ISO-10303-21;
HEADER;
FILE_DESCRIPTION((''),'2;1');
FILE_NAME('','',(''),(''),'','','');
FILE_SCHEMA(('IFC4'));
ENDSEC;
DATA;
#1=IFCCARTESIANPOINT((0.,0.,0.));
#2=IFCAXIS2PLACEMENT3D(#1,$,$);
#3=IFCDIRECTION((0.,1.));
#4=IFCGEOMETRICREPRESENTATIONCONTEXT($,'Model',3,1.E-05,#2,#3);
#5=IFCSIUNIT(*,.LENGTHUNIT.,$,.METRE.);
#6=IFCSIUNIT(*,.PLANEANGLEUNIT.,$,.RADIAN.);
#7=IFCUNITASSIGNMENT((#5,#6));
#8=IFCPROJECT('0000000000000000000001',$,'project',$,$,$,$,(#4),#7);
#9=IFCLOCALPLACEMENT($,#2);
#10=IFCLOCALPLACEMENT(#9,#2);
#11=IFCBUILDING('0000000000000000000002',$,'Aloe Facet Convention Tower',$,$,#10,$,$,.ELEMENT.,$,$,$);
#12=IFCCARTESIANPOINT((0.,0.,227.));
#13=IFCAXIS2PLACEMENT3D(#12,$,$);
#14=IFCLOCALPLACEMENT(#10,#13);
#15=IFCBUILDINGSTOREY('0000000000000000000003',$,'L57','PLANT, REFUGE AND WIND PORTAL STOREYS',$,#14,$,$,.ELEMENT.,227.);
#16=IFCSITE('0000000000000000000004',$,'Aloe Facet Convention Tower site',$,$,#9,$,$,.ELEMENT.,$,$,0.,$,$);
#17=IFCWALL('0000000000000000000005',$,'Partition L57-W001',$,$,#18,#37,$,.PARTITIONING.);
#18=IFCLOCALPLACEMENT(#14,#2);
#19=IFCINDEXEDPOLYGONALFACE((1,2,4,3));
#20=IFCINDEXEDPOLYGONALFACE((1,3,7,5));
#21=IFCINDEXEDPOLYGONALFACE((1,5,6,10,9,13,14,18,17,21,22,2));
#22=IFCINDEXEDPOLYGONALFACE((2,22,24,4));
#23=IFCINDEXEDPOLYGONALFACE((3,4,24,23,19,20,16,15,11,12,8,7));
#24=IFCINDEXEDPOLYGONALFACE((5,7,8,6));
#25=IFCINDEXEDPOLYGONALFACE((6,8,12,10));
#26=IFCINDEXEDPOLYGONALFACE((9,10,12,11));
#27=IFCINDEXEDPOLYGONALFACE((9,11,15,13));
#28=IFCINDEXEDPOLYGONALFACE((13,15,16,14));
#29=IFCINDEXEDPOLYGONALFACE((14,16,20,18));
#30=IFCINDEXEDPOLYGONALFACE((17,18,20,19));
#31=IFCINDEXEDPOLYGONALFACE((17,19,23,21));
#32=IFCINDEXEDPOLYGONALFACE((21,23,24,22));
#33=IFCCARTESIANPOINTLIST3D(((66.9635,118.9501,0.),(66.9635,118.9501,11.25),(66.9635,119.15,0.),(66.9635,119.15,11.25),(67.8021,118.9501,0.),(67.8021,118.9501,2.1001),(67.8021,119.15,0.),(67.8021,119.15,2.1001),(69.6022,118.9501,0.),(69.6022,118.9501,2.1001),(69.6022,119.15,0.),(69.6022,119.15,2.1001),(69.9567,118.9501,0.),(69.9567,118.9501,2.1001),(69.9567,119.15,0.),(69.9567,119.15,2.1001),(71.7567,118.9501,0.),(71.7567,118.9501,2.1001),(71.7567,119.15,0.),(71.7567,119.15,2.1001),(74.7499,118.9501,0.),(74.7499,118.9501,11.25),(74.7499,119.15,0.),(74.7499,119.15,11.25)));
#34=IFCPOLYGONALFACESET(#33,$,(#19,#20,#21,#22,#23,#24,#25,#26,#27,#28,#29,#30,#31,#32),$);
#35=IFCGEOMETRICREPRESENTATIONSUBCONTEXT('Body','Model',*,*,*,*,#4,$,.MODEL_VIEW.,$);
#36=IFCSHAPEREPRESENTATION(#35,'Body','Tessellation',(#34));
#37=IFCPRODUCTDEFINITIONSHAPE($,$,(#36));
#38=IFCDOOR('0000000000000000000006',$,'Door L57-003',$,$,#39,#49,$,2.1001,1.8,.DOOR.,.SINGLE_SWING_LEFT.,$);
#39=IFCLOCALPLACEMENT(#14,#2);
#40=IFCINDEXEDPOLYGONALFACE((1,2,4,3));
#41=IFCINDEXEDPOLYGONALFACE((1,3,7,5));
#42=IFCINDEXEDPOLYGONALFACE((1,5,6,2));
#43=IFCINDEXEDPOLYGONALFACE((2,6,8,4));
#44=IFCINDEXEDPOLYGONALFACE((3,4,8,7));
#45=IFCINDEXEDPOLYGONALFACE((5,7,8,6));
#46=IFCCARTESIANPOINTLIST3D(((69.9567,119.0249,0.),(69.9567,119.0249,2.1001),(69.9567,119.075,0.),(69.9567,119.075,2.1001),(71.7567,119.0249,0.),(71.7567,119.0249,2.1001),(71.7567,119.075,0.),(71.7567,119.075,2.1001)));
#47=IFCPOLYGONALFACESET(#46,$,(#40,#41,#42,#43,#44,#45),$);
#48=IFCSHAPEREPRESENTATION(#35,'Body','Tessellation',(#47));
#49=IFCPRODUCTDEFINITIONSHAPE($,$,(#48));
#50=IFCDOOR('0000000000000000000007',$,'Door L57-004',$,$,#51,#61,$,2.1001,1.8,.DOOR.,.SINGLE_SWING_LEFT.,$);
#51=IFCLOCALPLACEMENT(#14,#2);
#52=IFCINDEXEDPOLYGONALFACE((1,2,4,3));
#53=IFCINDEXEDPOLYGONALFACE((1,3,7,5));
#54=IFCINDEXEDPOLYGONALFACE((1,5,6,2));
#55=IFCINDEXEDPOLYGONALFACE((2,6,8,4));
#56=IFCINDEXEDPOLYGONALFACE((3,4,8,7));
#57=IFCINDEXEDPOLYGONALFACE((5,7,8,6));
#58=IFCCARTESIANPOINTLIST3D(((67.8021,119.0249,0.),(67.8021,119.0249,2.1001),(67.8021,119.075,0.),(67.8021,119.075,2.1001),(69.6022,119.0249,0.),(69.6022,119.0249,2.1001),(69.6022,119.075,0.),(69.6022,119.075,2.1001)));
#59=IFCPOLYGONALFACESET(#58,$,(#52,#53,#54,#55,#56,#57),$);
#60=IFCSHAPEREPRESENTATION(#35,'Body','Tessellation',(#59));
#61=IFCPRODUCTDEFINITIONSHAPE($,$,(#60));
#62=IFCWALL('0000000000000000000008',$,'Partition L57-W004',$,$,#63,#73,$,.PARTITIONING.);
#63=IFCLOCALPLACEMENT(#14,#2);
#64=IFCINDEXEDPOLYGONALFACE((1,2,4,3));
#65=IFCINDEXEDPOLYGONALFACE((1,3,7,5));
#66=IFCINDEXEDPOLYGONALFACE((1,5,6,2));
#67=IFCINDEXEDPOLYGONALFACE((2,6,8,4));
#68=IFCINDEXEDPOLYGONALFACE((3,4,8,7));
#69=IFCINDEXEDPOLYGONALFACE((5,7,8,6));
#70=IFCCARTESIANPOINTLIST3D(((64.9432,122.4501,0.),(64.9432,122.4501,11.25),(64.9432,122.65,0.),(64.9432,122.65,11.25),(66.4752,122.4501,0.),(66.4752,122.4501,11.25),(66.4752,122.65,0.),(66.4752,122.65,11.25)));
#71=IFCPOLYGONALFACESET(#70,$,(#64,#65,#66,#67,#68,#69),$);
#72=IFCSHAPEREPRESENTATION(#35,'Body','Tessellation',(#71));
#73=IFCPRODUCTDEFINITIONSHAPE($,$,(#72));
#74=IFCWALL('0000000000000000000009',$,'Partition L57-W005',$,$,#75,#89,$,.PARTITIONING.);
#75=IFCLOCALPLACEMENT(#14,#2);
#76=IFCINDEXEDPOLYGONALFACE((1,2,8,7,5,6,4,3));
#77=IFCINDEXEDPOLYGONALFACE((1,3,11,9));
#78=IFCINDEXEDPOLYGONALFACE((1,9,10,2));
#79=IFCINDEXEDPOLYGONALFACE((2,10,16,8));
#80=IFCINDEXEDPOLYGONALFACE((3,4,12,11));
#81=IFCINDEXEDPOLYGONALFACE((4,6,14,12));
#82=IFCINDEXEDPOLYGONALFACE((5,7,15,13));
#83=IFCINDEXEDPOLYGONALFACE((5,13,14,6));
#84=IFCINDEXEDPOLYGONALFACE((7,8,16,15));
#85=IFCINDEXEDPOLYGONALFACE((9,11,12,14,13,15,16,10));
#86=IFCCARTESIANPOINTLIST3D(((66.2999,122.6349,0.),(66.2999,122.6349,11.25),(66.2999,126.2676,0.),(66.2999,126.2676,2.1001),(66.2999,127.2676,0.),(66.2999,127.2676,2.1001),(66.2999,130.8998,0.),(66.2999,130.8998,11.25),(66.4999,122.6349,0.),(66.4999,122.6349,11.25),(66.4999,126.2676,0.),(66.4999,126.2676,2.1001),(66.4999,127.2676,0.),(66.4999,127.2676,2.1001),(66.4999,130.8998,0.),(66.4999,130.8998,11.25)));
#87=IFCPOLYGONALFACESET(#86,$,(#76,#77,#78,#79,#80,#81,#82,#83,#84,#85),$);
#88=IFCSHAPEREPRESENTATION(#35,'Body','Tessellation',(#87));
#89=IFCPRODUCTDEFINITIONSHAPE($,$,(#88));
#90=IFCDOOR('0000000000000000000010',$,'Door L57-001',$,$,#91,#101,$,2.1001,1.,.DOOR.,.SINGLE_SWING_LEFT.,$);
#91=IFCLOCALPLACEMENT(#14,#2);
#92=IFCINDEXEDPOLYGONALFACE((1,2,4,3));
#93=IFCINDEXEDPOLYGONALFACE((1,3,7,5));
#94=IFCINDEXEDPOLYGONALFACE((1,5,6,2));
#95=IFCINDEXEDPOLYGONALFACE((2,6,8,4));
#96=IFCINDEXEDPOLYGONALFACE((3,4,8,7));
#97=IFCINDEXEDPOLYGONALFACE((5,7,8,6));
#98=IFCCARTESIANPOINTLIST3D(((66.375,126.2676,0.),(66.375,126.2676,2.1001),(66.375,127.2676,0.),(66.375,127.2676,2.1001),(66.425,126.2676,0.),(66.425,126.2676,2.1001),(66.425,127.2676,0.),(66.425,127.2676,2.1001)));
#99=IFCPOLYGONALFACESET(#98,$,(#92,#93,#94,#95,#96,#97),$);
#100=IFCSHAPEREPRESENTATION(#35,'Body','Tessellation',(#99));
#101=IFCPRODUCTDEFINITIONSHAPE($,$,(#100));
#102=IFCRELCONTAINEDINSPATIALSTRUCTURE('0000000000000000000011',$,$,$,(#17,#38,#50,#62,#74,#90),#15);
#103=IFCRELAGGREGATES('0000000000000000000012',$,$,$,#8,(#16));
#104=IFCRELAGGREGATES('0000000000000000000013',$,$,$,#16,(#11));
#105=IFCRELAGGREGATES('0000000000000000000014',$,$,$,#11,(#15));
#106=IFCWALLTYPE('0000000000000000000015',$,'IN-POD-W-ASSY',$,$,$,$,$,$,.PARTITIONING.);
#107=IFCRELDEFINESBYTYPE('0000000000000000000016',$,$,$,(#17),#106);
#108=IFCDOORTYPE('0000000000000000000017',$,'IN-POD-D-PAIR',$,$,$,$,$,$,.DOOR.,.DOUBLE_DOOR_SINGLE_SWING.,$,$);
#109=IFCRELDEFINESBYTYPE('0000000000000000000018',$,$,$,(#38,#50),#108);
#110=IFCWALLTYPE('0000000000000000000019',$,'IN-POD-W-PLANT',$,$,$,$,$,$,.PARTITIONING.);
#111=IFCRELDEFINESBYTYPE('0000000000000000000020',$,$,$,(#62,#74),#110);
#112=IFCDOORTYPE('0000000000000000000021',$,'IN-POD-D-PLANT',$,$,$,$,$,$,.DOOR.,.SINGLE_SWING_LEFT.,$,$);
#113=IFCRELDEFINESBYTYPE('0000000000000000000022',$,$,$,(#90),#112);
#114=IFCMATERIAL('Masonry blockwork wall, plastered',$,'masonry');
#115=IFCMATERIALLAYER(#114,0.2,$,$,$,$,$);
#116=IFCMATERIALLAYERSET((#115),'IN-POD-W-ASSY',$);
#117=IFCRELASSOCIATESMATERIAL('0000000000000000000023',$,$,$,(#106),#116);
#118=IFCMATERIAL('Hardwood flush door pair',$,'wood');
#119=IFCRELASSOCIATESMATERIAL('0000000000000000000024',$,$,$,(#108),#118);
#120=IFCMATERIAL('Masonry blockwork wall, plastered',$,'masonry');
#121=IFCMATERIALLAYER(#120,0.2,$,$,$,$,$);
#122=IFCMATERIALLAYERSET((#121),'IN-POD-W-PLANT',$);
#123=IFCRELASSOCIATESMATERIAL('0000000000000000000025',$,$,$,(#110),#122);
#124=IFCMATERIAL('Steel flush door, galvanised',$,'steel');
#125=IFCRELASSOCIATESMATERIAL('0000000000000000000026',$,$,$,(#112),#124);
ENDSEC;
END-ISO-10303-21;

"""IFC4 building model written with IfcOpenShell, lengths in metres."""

from ifc_helpers import new_model, si_unit, direction, frame, frame_2d, origin, place, context, subcontext, project, spatial, rectangle, extrude, material, layer, layer_set, type_object, element, fill, save


model = new_model("IFC4")

# Units and contexts
model_context = context("Model", 3, precision=1e-05, world=origin(), true_north=direction((0.0, 1.0)))
body_context = subcontext(model_context, "Body", "Model", "MODEL_VIEW")
ifc_project = project(units=[si_unit("LENGTHUNIT", "METRE"), si_unit("PLANEANGLEUNIT", "RADIAN")], contexts=[model_context])

# Site, building, storey
site_placement = place(None, origin())
site = spatial("IfcSite", under=ifc_project, at=site_placement, Name="Aloe Facet Convention Tower site", CompositionType="ELEMENT", RefElevation=0.0)
building_placement = place(site_placement, origin())
building = spatial("IfcBuilding", under=site, at=building_placement, Name="Aloe Facet Convention Tower", CompositionType="ELEMENT")
storey_placement = place(building_placement, frame((0.0, 0.0, 227.0)))
storey = spatial("IfcBuildingStorey", under=building, at=storey_placement, Name="L57", Description="PLANT, REFUGE AND WIND PORTAL STOREYS", CompositionType="ELEMENT", Elevation=227.0)

# Wall, openings, doors
ifc_material_1 = material(Name="Masonry blockwork wall, plastered", Category="masonry")
ifc_layer_1 = layer(ifc_material_1, 0.2)
ifc_layer_set_1 = layer_set([ifc_layer_1], Name="IN-POD-W-ASSY")
wall_type_1 = type_object("IfcWallType", Name="IN-POD-W-ASSY", PredefinedType="PARTITIONING", material=ifc_layer_set_1)
wall_1_placement = place(storey_placement, frame((66.9636, 119.05, 0.0), z_axis=(0.0, 0.0, 1.0), x_axis=(1.0, 0.0, 0.0)))
wall_1 = element("IfcWall", 1, at=wall_1_placement, inside=storey, type_object=wall_type_1, Name="Partition L57-W001", PredefinedType="PARTITIONING", context=body_context, shape_type="SweptSolid", body=[
    extrude(rectangle(XDim=7.7864, YDim=0.2, at=frame_2d((3.8931, 0.0))), origin(), (0.0, 0.0, 1.0), 11.25),
])
opening_1_placement = place(wall_1_placement, frame((2.9932, 0.0, 0.0)))
opening_1 = element("IfcOpeningElement", 2, at=opening_1_placement, cuts=wall_1, PredefinedType="OPENING", context=body_context, shape_type="SweptSolid", body=[
    extrude(rectangle(XDim=1.8, YDim=2.1001, at=frame_2d((0.8999, 1.05))), frame((0.0, 0.1099, 0.0), z_axis=(0.0, -1.0, 0.0), x_axis=(1.0, 0.0, 0.0)), (0.0, 0.0, 1.0), 0.22),
])
opening_2_placement = place(wall_1_placement, frame((0.8386, 0.0, 0.0)))
opening_2 = element("IfcOpeningElement", 3, at=opening_2_placement, cuts=wall_1, PredefinedType="OPENING", context=body_context, shape_type="SweptSolid", body=[
    extrude(rectangle(XDim=1.8, YDim=2.1001, at=frame_2d((0.8999, 1.05))), frame((0.0, 0.1099, 0.0), z_axis=(0.0, -1.0, 0.0), x_axis=(1.0, 0.0, 0.0)), (0.0, 0.0, 1.0), 0.22),
])
ifc_material_2 = material(Name="Hardwood flush door pair", Category="wood")
door_type_1 = type_object("IfcDoorType", Name="IN-POD-D-PAIR", OperationType="DOUBLE_DOOR_SINGLE_SWING", PredefinedType="DOOR", material=ifc_material_2)
door_1_placement = place(opening_1_placement, origin())
door_1 = element("IfcDoor", 4, at=door_1_placement, inside=storey, type_object=door_type_1, Name="Door L57-003", OperationType="SINGLE_SWING_LEFT", OverallHeight=2.1001, OverallWidth=1.8, PredefinedType="DOOR", context=body_context, shape_type="SweptSolid", body=[
    extrude(rectangle(XDim=1.8, YDim=2.1001, at=frame_2d((0.8999, 1.05))), frame((0.0, 0.0249, 0.0), z_axis=(0.0, -1.0, 0.0), x_axis=(1.0, 0.0, 0.0)), (0.0, 0.0, 1.0), 0.05),
])
fill(opening_1, door_1)
door_2_placement = place(opening_2_placement, origin())
door_2 = element("IfcDoor", 5, at=door_2_placement, inside=storey, type_object=door_type_1, Name="Door L57-004", OperationType="SINGLE_SWING_LEFT", OverallHeight=2.1001, OverallWidth=1.8, PredefinedType="DOOR", context=body_context, shape_type="SweptSolid", body=[
    extrude(rectangle(XDim=1.8, YDim=2.1001, at=frame_2d((0.8999, 1.05))), frame((0.0, 0.0249, 0.0), z_axis=(0.0, -1.0, 0.0), x_axis=(1.0, 0.0, 0.0)), (0.0, 0.0, 1.0), 0.05),
])
fill(opening_2, door_2)

# Wall
ifc_material_3 = material(Name="Masonry blockwork wall, plastered", Category="masonry")
ifc_layer_2 = layer(ifc_material_3, 0.2)
ifc_layer_set_2 = layer_set([ifc_layer_2], Name="IN-POD-W-PLANT")
wall_type_2 = type_object("IfcWallType", Name="IN-POD-W-PLANT", PredefinedType="PARTITIONING", material=ifc_layer_set_2)
wall_2_placement = place(storey_placement, frame((64.9431, 122.55, 0.0), z_axis=(0.0, 0.0, 1.0), x_axis=(1.0, 0.0, 0.0)))
element("IfcWall", 6, at=wall_2_placement, inside=storey, type_object=wall_type_2, Name="Partition L57-W004", PredefinedType="PARTITIONING", context=body_context, shape_type="SweptSolid", body=[
    extrude(rectangle(XDim=1.532, YDim=0.2, at=frame_2d((0.7661, 0.0))), origin(), (0.0, 0.0, 1.0), 11.25),
])

# Wall, opening, door
wall_3_placement = place(storey_placement, frame((66.3999, 122.635, 0.0), z_axis=(0.0, 0.0, 1.0), x_axis=(0.0, 1.0, 0.0)))
wall_3 = element("IfcWall", 7, at=wall_3_placement, inside=storey, type_object=wall_type_2, Name="Partition L57-W005", PredefinedType="PARTITIONING", context=body_context, shape_type="SweptSolid", body=[
    extrude(rectangle(XDim=8.2649, YDim=0.2, at=frame_2d((4.1323, 0.0))), origin(), (0.0, 0.0, 1.0), 11.25),
])
opening_3_placement = place(wall_3_placement, frame((3.6326, 0.0, 0.0)))
opening_3 = element("IfcOpeningElement", 8, at=opening_3_placement, cuts=wall_3, PredefinedType="OPENING", context=body_context, shape_type="SweptSolid", body=[
    extrude(rectangle(XDim=1.0, YDim=2.1001, at=frame_2d((0.5, 1.05))), frame((0.0, 0.1099, 0.0), z_axis=(0.0, -1.0, 0.0), x_axis=(1.0, 0.0, 0.0)), (0.0, 0.0, 1.0), 0.22),
])
ifc_material_4 = material(Name="Steel flush door, galvanised", Category="steel")
door_type_2 = type_object("IfcDoorType", Name="IN-POD-D-PLANT", OperationType="SINGLE_SWING_LEFT", PredefinedType="DOOR", material=ifc_material_4)
door_3_placement = place(opening_3_placement, origin())
door_3 = element("IfcDoor", 9, at=door_3_placement, inside=storey, type_object=door_type_2, Name="Door L57-001", OperationType="SINGLE_SWING_LEFT", OverallHeight=2.1001, OverallWidth=1.0, PredefinedType="DOOR", context=body_context, shape_type="SweptSolid", body=[
    extrude(rectangle(XDim=1.0, YDim=2.1001, at=frame_2d((0.5, 1.05))), frame((0.0, 0.0249, 0.0), z_axis=(0.0, -1.0, 0.0), x_axis=(1.0, 0.0, 0.0)), (0.0, 0.0, 1.0), 0.05),
])
fill(opening_3, door_3)

save(model, "model.ifc")
